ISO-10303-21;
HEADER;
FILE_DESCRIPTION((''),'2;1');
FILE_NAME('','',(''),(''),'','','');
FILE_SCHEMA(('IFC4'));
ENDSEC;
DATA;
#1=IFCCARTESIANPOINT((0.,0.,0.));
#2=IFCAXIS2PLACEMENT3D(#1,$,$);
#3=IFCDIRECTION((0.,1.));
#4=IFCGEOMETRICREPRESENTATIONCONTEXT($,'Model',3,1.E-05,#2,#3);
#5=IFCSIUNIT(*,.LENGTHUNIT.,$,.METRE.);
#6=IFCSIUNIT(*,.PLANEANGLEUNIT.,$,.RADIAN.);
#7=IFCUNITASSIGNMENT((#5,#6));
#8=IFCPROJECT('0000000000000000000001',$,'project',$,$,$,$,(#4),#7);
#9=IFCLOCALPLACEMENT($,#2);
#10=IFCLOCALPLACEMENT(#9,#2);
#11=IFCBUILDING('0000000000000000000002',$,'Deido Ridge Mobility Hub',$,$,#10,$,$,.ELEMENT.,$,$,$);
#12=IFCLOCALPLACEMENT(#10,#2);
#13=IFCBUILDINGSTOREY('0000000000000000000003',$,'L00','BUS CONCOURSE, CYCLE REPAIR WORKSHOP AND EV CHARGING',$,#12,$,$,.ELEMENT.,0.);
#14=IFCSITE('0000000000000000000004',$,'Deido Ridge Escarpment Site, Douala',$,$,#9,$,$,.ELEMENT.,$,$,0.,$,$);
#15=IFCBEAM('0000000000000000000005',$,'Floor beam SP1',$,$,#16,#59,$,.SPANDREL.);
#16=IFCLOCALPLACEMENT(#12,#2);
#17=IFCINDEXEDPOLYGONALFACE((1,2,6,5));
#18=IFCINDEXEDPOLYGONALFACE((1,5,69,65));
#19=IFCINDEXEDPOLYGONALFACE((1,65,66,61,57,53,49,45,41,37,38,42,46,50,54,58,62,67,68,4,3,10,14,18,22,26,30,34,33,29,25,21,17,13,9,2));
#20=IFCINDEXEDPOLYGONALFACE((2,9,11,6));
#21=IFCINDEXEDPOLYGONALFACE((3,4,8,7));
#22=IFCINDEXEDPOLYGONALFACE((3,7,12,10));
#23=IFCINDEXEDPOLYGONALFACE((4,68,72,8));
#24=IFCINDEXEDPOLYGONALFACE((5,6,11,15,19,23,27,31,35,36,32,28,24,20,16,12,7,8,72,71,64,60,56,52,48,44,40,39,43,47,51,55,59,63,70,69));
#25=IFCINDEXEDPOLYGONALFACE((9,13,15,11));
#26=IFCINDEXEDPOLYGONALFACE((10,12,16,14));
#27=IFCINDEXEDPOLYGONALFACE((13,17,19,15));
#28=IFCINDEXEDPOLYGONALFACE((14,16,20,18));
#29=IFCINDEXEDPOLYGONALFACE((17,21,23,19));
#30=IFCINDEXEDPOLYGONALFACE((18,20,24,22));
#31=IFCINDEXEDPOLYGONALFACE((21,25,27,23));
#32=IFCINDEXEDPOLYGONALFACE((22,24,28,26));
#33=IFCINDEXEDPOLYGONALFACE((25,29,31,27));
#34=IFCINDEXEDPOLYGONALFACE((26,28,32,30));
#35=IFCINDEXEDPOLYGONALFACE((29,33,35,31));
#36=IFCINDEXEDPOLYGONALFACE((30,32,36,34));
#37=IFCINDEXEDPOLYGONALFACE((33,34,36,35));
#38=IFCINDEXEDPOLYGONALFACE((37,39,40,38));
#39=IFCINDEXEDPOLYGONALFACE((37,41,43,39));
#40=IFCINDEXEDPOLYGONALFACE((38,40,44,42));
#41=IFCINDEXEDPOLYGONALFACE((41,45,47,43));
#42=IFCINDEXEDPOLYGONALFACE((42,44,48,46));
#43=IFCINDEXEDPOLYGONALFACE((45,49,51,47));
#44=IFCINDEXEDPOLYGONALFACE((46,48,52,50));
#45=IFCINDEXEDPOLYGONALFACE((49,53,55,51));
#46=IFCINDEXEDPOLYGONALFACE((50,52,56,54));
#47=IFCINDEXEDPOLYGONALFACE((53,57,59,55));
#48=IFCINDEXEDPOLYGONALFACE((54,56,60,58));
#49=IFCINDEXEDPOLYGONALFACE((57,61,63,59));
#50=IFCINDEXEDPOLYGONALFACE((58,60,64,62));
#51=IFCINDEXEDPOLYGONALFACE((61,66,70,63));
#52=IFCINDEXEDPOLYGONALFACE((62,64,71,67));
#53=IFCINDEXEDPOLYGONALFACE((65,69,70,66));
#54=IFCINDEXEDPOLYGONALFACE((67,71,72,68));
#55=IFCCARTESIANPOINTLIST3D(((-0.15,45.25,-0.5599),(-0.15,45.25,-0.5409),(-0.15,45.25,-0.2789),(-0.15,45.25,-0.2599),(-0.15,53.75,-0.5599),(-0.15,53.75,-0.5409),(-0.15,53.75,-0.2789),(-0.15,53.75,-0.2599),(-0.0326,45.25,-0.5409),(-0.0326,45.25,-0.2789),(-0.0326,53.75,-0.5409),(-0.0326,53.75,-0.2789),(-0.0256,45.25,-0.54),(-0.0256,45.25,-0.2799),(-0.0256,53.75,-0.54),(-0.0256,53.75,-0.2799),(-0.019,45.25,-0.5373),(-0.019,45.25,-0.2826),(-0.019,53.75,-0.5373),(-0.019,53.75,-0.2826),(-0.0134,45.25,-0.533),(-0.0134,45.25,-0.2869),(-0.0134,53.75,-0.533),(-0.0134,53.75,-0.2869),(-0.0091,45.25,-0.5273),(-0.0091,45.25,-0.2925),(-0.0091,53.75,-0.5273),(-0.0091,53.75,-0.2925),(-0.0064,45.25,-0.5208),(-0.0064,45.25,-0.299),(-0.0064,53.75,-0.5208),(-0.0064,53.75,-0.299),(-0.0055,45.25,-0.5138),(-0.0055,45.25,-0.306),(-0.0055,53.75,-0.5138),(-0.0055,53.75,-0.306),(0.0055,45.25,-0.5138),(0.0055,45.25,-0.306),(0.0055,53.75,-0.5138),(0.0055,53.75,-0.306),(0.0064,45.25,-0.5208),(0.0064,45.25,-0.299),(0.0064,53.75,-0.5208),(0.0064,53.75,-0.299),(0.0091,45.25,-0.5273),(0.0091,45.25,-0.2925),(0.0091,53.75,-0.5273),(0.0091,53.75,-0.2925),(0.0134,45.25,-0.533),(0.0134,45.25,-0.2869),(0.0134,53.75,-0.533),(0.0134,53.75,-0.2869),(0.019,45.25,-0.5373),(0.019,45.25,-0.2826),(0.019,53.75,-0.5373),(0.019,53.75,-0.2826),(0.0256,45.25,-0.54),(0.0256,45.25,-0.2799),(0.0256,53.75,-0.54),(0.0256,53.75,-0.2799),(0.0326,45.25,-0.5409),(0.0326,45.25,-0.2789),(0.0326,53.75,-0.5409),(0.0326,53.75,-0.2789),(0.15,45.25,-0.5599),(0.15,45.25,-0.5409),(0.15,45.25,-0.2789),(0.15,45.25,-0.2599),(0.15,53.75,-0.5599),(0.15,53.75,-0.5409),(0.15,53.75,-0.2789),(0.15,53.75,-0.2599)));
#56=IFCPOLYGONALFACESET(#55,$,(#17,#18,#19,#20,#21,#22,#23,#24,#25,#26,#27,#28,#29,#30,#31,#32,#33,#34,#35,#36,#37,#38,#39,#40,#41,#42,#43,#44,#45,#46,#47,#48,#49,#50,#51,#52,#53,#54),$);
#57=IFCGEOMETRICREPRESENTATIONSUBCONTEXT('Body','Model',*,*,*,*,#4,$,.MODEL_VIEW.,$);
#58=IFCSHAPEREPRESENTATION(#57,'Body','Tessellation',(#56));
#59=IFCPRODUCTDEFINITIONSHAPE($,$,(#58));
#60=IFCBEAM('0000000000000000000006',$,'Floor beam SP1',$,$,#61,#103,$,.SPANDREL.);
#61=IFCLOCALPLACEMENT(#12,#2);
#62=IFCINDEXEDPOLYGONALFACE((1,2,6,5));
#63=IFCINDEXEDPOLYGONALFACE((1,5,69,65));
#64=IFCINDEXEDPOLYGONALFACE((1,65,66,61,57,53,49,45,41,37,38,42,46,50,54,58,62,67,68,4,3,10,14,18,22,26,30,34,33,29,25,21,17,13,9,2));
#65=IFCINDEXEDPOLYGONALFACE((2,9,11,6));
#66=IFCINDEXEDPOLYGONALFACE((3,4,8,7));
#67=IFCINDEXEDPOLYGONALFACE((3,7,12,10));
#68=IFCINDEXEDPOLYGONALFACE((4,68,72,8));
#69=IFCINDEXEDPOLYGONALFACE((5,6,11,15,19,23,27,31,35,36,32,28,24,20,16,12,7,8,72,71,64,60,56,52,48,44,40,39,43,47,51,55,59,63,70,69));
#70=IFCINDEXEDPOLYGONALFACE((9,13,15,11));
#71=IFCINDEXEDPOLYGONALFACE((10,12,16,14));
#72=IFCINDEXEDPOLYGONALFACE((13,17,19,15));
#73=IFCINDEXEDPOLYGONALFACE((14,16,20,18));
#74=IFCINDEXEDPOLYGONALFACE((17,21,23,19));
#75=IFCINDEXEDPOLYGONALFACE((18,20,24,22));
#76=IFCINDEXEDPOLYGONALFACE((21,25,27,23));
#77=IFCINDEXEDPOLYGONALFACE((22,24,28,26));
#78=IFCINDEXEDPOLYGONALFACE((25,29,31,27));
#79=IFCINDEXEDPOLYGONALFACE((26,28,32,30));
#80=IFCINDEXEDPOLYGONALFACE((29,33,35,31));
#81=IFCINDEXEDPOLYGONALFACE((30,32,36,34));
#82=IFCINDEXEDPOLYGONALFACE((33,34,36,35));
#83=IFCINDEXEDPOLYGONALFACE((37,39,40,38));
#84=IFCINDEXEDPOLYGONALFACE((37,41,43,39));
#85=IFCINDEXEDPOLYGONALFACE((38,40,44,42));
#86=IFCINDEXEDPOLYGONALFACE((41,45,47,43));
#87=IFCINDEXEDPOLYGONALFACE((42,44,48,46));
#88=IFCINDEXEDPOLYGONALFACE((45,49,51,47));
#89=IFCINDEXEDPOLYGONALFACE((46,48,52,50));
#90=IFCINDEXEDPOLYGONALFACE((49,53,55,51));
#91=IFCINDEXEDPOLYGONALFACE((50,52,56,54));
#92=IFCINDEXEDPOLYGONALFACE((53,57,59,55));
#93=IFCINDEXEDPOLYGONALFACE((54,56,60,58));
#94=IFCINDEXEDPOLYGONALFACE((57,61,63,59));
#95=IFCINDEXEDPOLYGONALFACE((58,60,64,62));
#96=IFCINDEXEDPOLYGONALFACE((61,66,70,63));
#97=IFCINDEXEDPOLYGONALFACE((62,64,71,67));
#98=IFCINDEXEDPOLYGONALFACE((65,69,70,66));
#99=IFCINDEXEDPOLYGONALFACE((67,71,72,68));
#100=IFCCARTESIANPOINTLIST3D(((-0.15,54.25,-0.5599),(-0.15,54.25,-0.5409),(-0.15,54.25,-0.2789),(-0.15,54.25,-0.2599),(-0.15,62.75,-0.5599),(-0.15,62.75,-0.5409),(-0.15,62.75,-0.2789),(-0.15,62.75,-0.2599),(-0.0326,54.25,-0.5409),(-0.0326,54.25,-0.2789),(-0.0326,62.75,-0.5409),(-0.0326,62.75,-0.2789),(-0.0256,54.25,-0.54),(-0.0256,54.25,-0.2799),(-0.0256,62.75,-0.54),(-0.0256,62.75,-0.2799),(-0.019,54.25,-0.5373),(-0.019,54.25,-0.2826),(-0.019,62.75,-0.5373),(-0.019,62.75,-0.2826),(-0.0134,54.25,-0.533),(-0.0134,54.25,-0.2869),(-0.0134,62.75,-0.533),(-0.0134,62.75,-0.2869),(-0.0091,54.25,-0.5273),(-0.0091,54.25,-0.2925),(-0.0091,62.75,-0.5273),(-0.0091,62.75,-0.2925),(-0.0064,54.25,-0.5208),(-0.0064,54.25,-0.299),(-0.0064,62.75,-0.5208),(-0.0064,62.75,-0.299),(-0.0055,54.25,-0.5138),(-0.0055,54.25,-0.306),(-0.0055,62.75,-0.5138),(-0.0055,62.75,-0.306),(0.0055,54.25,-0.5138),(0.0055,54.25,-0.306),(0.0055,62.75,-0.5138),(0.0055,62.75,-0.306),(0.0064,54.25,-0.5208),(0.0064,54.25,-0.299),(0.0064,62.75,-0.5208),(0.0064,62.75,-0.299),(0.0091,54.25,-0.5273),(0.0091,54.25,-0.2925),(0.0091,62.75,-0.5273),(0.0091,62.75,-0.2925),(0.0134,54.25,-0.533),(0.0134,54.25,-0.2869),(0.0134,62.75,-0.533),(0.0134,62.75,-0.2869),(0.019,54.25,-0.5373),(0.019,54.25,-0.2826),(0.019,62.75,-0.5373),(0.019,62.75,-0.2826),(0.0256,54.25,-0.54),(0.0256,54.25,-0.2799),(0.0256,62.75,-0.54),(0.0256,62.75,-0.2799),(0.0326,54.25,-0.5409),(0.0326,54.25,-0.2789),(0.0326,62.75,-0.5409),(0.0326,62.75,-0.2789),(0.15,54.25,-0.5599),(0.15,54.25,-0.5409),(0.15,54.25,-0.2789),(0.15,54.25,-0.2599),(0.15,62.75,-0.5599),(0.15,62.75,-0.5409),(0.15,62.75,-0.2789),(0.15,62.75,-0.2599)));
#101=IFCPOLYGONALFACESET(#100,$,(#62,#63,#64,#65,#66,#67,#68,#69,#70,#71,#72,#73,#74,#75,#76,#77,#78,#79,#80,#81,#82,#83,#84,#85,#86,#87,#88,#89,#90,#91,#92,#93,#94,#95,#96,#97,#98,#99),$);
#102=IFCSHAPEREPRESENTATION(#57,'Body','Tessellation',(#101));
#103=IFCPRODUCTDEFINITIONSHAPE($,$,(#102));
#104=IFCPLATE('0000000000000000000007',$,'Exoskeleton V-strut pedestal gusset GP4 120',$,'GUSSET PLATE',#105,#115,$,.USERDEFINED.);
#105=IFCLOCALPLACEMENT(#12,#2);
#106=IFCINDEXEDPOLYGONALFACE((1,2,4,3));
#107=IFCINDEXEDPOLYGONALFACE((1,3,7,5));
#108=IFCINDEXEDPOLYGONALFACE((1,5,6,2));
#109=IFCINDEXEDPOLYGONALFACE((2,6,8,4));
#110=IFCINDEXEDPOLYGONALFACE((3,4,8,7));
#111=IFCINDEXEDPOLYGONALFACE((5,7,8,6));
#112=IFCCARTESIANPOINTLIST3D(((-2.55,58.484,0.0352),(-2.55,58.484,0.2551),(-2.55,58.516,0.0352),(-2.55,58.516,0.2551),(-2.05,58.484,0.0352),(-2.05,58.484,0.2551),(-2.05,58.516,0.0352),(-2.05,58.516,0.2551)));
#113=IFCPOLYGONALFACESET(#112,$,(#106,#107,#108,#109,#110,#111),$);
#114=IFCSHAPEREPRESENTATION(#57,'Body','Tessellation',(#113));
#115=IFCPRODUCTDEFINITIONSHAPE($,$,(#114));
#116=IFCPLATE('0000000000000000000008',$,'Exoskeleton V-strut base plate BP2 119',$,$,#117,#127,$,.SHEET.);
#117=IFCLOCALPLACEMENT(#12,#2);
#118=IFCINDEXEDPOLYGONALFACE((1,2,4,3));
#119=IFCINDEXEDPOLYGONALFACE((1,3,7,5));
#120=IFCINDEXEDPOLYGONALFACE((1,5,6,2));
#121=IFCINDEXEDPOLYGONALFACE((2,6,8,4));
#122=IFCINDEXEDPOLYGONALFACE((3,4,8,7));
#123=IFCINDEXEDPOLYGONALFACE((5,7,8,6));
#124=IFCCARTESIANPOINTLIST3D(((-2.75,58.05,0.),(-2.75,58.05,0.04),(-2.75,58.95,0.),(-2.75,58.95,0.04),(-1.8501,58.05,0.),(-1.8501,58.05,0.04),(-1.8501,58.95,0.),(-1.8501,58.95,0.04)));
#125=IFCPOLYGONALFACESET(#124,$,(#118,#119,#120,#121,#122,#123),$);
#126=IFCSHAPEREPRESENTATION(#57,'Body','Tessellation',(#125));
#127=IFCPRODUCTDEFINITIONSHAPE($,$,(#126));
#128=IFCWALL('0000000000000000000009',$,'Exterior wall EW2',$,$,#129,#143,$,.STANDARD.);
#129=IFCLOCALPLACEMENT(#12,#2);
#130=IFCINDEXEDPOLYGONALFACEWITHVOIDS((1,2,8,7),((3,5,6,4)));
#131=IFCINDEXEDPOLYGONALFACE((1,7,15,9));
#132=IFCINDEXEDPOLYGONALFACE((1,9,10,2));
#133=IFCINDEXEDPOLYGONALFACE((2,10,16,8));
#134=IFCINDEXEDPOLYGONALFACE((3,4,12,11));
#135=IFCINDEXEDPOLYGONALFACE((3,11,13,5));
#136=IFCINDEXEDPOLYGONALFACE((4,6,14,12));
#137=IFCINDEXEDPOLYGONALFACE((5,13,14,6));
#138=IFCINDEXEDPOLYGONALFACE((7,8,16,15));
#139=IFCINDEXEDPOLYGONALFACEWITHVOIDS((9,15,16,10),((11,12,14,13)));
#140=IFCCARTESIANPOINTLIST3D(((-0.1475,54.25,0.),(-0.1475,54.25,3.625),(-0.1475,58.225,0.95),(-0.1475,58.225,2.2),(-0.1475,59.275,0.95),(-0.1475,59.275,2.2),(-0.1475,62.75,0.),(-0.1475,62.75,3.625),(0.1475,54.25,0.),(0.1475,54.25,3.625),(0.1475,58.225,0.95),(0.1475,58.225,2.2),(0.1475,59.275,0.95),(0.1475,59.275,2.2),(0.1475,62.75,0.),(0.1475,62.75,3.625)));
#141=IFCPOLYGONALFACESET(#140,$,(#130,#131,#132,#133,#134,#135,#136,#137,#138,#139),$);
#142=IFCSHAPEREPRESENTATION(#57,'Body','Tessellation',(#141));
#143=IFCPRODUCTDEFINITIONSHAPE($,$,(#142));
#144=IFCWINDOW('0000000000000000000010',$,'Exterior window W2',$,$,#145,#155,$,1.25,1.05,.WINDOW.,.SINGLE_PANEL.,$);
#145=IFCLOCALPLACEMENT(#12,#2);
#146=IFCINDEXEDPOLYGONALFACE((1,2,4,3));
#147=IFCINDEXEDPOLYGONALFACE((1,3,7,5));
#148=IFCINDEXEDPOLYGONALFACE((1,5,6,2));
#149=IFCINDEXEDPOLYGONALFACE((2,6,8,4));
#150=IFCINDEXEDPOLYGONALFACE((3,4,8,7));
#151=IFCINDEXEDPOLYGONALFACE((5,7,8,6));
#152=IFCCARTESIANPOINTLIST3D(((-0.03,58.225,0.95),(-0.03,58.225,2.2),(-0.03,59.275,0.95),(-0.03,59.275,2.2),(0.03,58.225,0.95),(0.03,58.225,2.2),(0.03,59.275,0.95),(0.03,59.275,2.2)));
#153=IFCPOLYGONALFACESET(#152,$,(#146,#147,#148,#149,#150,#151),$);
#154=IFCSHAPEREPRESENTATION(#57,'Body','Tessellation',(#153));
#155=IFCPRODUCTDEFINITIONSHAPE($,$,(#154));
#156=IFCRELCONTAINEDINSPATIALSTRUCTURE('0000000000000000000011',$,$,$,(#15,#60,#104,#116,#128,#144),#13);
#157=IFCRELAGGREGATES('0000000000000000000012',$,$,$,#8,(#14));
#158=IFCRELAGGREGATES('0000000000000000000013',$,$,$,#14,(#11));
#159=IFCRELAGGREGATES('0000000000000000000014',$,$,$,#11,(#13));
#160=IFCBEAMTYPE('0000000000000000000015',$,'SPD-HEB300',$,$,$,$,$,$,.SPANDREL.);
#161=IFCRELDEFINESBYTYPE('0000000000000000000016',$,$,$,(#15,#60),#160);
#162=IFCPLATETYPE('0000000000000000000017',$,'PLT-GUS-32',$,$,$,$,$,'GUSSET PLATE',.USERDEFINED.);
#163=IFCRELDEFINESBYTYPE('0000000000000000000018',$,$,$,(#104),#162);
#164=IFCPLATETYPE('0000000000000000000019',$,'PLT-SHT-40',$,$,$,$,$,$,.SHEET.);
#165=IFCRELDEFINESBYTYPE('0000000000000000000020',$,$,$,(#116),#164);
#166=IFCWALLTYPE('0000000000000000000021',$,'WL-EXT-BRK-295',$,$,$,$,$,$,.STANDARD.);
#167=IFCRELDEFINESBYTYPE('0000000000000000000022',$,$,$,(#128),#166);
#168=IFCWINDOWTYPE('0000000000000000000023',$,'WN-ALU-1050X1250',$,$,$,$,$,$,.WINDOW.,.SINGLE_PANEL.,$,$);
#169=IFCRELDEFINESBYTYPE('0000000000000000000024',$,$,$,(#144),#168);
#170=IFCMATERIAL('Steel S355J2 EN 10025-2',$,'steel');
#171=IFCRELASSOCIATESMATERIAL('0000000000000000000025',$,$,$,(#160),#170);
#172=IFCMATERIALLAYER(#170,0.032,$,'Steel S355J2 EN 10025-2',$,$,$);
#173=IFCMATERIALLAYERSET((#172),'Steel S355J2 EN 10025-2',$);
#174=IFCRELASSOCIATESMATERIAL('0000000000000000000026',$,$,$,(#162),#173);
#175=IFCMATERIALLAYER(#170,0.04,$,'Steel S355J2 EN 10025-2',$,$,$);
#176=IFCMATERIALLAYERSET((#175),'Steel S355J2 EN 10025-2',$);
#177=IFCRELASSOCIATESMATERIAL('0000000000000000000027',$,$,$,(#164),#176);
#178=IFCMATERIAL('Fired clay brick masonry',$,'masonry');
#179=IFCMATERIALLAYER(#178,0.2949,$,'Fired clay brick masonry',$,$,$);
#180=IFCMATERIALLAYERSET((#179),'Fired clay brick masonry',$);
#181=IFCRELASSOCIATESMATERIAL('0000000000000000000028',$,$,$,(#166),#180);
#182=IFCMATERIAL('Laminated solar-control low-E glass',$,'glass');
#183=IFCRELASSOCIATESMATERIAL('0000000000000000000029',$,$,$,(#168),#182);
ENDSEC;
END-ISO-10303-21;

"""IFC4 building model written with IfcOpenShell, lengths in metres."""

from ifc_helpers import new_model, si_unit, direction, frame, frame_2d, origin, origin_2d, place, context, subcontext, project, spatial, rectangle, i_section, extrude, material, layer, layer_set, material_profile, profile_set, type_object, element, fill, save


model = new_model("IFC4")

# Units and contexts
model_context = context("Model", 3, precision=1e-05, world=origin(), true_north=direction((0.0, 1.0)))
body_context = subcontext(model_context, "Body", "Model", "MODEL_VIEW")
ifc_project = project(units=[si_unit("LENGTHUNIT", "METRE"), si_unit("PLANEANGLEUNIT", "RADIAN")], contexts=[model_context])

# Site, building, storey
site_placement = place(None, origin())
site = spatial("IfcSite", under=ifc_project, at=site_placement, Name="Deido Ridge Escarpment Site, Douala", CompositionType="ELEMENT", RefElevation=0.0)
building_placement = place(site_placement, origin())
building = spatial("IfcBuilding", under=site, at=building_placement, Name="Deido Ridge Mobility Hub", CompositionType="ELEMENT")
storey_placement = place(building_placement, origin())
storey = spatial("IfcBuildingStorey", under=building, at=storey_placement, Name="L00", Description="BUS CONCOURSE, CYCLE REPAIR WORKSHOP AND EV CHARGING", CompositionType="ELEMENT", Elevation=0.0)

# Shared definitions
ifc_material_1 = material(Name="Steel S355J2 EN 10025-2", Category="steel")

# Beams
ifc_material_profile_1 = material_profile(ifc_material_1, i_section(OverallWidth=0.3, OverallDepth=0.3, WebThickness=0.011, FlangeThickness=0.019, FilletRadius=0.0271, at=origin_2d()), Name="HEB 300")
ifc_profile_set_1 = profile_set([ifc_material_profile_1], Name="Steel S355J2 EN 10025-2")
beam_type_1 = type_object("IfcBeamType", Name="SPD-HEB300", PredefinedType="SPANDREL", material=ifc_profile_set_1)
for number, where, z_axis, x_axis, name in (
    (1, (0.0, 45.25, -0.4099), (0.0, 1.0, 0.0), (-1.0, 0.0, 0.0), "Floor beam SP1"),
    (2, (0.0, 54.25, -0.4099), (0.0, 1.0, 0.0), (-1.0, 0.0, 0.0), "Floor beam SP1"),
):
    element("IfcBeam", number, at=place(storey_placement, frame(where, z_axis=z_axis, x_axis=x_axis)), inside=storey, type_object=beam_type_1, Name=name, PredefinedType="SPANDREL", context=body_context, shape_type="SweptSolid", body=[
        extrude(i_section(OverallWidth=0.3, OverallDepth=0.3, WebThickness=0.011, FlangeThickness=0.019, FilletRadius=0.0271, at=origin_2d()), origin(), (0.0, 0.0, 1.0), 8.5),
    ])

# Plates
ifc_layer_1 = layer(ifc_material_1, 0.032, Name="Steel S355J2 EN 10025-2")
ifc_layer_set_1 = layer_set([ifc_layer_1], Name="Steel S355J2 EN 10025-2")
plate_type_1 = type_object("IfcPlateType", Name="PLT-GUS-32", ElementType="GUSSET PLATE", PredefinedType="USERDEFINED", material=ifc_layer_set_1)
plate_1_placement = place(storey_placement, frame((-2.3, 58.5, 0.0352), z_axis=(0.0, 0.0, 1.0), x_axis=(1.0, 0.0, 0.0)))
element("IfcPlate", 3, at=plate_1_placement, inside=storey, type_object=plate_type_1, Name="Exoskeleton V-strut pedestal gusset GP4 120", ObjectType="GUSSET PLATE", PredefinedType="USERDEFINED", context=body_context, shape_type="SweptSolid", body=[
    extrude(rectangle(XDim=0.5, YDim=0.032, at=origin_2d()), origin(), (0.0, 0.0, 1.0), 0.22),
])
ifc_layer_2 = layer(ifc_material_1, 0.04, Name="Steel S355J2 EN 10025-2")
ifc_layer_set_2 = layer_set([ifc_layer_2], Name="Steel S355J2 EN 10025-2")
plate_type_2 = type_object("IfcPlateType", Name="PLT-SHT-40", PredefinedType="SHEET", material=ifc_layer_set_2)
plate_2_placement = place(storey_placement, frame((-2.3, 58.5, 0.0), z_axis=(0.0, 0.0, 1.0), x_axis=(1.0, 0.0, 0.0)))
element("IfcPlate", 4, at=plate_2_placement, inside=storey, type_object=plate_type_2, Name="Exoskeleton V-strut base plate BP2 119", PredefinedType="SHEET", context=body_context, shape_type="SweptSolid", body=[
    extrude(rectangle(XDim=0.8999, YDim=0.8999, at=origin_2d()), origin(), (0.0, 0.0, 1.0), 0.04),
])

# Wall, opening, window
ifc_material_2 = material(Name="Fired clay brick masonry", Category="masonry")
ifc_layer_3 = layer(ifc_material_2, 0.2949, Name="Fired clay brick masonry")
ifc_layer_set_3 = layer_set([ifc_layer_3], Name="Fired clay brick masonry")
wall_type_1 = type_object("IfcWallType", Name="WL-EXT-BRK-295", PredefinedType="STANDARD", material=ifc_layer_set_3)
wall_1_placement = place(storey_placement, frame((0.0, 54.25, 0.0), z_axis=(0.0, 0.0, 1.0), x_axis=(0.0, 1.0, 0.0)))
wall_1 = element("IfcWall", 5, at=wall_1_placement, inside=storey, type_object=wall_type_1, Name="Exterior wall EW2", PredefinedType="STANDARD", context=body_context, shape_type="SweptSolid", body=[
    extrude(rectangle(XDim=8.5, YDim=0.2949, at=frame_2d((4.25, 0.0))), origin(), (0.0, 0.0, 1.0), 3.625),
])
opening_1_placement = place(wall_1_placement, frame((3.9751, 0.0, 0.95)))
opening_1 = element("IfcOpeningElement", 6, at=opening_1_placement, cuts=wall_1, PredefinedType="OPENING", context=body_context, shape_type="SweptSolid", body=[
    extrude(rectangle(XDim=1.05, YDim=1.25, at=frame_2d((0.5249, 0.625))), frame((0.0, 0.1575, 0.0), z_axis=(0.0, -1.0, 0.0), x_axis=(1.0, 0.0, 0.0)), (0.0, 0.0, 1.0), 0.3149),
])
ifc_material_3 = material(Name="Laminated solar-control low-E glass", Category="glass")
window_type = type_object("IfcWindowType", Name="WN-ALU-1050X1250", PartitioningType="SINGLE_PANEL", PredefinedType="WINDOW", material=ifc_material_3)
window_placement = place(opening_1_placement, origin())
window = element("IfcWindow", 7, at=window_placement, inside=storey, type_object=window_type, Name="Exterior window W2", OverallHeight=1.25, OverallWidth=1.05, PartitioningType="SINGLE_PANEL", PredefinedType="WINDOW", context=body_context, shape_type="SweptSolid", body=[
    extrude(rectangle(XDim=1.05, YDim=1.25, at=frame_2d((0.5249, 0.625))), frame((0.0, 0.03, 0.0), z_axis=(0.0, -1.0, 0.0), x_axis=(1.0, 0.0, 0.0)), (0.0, 0.0, 1.0), 0.0601),
])
fill(opening_1, window)

save(model, "model.ifc")
